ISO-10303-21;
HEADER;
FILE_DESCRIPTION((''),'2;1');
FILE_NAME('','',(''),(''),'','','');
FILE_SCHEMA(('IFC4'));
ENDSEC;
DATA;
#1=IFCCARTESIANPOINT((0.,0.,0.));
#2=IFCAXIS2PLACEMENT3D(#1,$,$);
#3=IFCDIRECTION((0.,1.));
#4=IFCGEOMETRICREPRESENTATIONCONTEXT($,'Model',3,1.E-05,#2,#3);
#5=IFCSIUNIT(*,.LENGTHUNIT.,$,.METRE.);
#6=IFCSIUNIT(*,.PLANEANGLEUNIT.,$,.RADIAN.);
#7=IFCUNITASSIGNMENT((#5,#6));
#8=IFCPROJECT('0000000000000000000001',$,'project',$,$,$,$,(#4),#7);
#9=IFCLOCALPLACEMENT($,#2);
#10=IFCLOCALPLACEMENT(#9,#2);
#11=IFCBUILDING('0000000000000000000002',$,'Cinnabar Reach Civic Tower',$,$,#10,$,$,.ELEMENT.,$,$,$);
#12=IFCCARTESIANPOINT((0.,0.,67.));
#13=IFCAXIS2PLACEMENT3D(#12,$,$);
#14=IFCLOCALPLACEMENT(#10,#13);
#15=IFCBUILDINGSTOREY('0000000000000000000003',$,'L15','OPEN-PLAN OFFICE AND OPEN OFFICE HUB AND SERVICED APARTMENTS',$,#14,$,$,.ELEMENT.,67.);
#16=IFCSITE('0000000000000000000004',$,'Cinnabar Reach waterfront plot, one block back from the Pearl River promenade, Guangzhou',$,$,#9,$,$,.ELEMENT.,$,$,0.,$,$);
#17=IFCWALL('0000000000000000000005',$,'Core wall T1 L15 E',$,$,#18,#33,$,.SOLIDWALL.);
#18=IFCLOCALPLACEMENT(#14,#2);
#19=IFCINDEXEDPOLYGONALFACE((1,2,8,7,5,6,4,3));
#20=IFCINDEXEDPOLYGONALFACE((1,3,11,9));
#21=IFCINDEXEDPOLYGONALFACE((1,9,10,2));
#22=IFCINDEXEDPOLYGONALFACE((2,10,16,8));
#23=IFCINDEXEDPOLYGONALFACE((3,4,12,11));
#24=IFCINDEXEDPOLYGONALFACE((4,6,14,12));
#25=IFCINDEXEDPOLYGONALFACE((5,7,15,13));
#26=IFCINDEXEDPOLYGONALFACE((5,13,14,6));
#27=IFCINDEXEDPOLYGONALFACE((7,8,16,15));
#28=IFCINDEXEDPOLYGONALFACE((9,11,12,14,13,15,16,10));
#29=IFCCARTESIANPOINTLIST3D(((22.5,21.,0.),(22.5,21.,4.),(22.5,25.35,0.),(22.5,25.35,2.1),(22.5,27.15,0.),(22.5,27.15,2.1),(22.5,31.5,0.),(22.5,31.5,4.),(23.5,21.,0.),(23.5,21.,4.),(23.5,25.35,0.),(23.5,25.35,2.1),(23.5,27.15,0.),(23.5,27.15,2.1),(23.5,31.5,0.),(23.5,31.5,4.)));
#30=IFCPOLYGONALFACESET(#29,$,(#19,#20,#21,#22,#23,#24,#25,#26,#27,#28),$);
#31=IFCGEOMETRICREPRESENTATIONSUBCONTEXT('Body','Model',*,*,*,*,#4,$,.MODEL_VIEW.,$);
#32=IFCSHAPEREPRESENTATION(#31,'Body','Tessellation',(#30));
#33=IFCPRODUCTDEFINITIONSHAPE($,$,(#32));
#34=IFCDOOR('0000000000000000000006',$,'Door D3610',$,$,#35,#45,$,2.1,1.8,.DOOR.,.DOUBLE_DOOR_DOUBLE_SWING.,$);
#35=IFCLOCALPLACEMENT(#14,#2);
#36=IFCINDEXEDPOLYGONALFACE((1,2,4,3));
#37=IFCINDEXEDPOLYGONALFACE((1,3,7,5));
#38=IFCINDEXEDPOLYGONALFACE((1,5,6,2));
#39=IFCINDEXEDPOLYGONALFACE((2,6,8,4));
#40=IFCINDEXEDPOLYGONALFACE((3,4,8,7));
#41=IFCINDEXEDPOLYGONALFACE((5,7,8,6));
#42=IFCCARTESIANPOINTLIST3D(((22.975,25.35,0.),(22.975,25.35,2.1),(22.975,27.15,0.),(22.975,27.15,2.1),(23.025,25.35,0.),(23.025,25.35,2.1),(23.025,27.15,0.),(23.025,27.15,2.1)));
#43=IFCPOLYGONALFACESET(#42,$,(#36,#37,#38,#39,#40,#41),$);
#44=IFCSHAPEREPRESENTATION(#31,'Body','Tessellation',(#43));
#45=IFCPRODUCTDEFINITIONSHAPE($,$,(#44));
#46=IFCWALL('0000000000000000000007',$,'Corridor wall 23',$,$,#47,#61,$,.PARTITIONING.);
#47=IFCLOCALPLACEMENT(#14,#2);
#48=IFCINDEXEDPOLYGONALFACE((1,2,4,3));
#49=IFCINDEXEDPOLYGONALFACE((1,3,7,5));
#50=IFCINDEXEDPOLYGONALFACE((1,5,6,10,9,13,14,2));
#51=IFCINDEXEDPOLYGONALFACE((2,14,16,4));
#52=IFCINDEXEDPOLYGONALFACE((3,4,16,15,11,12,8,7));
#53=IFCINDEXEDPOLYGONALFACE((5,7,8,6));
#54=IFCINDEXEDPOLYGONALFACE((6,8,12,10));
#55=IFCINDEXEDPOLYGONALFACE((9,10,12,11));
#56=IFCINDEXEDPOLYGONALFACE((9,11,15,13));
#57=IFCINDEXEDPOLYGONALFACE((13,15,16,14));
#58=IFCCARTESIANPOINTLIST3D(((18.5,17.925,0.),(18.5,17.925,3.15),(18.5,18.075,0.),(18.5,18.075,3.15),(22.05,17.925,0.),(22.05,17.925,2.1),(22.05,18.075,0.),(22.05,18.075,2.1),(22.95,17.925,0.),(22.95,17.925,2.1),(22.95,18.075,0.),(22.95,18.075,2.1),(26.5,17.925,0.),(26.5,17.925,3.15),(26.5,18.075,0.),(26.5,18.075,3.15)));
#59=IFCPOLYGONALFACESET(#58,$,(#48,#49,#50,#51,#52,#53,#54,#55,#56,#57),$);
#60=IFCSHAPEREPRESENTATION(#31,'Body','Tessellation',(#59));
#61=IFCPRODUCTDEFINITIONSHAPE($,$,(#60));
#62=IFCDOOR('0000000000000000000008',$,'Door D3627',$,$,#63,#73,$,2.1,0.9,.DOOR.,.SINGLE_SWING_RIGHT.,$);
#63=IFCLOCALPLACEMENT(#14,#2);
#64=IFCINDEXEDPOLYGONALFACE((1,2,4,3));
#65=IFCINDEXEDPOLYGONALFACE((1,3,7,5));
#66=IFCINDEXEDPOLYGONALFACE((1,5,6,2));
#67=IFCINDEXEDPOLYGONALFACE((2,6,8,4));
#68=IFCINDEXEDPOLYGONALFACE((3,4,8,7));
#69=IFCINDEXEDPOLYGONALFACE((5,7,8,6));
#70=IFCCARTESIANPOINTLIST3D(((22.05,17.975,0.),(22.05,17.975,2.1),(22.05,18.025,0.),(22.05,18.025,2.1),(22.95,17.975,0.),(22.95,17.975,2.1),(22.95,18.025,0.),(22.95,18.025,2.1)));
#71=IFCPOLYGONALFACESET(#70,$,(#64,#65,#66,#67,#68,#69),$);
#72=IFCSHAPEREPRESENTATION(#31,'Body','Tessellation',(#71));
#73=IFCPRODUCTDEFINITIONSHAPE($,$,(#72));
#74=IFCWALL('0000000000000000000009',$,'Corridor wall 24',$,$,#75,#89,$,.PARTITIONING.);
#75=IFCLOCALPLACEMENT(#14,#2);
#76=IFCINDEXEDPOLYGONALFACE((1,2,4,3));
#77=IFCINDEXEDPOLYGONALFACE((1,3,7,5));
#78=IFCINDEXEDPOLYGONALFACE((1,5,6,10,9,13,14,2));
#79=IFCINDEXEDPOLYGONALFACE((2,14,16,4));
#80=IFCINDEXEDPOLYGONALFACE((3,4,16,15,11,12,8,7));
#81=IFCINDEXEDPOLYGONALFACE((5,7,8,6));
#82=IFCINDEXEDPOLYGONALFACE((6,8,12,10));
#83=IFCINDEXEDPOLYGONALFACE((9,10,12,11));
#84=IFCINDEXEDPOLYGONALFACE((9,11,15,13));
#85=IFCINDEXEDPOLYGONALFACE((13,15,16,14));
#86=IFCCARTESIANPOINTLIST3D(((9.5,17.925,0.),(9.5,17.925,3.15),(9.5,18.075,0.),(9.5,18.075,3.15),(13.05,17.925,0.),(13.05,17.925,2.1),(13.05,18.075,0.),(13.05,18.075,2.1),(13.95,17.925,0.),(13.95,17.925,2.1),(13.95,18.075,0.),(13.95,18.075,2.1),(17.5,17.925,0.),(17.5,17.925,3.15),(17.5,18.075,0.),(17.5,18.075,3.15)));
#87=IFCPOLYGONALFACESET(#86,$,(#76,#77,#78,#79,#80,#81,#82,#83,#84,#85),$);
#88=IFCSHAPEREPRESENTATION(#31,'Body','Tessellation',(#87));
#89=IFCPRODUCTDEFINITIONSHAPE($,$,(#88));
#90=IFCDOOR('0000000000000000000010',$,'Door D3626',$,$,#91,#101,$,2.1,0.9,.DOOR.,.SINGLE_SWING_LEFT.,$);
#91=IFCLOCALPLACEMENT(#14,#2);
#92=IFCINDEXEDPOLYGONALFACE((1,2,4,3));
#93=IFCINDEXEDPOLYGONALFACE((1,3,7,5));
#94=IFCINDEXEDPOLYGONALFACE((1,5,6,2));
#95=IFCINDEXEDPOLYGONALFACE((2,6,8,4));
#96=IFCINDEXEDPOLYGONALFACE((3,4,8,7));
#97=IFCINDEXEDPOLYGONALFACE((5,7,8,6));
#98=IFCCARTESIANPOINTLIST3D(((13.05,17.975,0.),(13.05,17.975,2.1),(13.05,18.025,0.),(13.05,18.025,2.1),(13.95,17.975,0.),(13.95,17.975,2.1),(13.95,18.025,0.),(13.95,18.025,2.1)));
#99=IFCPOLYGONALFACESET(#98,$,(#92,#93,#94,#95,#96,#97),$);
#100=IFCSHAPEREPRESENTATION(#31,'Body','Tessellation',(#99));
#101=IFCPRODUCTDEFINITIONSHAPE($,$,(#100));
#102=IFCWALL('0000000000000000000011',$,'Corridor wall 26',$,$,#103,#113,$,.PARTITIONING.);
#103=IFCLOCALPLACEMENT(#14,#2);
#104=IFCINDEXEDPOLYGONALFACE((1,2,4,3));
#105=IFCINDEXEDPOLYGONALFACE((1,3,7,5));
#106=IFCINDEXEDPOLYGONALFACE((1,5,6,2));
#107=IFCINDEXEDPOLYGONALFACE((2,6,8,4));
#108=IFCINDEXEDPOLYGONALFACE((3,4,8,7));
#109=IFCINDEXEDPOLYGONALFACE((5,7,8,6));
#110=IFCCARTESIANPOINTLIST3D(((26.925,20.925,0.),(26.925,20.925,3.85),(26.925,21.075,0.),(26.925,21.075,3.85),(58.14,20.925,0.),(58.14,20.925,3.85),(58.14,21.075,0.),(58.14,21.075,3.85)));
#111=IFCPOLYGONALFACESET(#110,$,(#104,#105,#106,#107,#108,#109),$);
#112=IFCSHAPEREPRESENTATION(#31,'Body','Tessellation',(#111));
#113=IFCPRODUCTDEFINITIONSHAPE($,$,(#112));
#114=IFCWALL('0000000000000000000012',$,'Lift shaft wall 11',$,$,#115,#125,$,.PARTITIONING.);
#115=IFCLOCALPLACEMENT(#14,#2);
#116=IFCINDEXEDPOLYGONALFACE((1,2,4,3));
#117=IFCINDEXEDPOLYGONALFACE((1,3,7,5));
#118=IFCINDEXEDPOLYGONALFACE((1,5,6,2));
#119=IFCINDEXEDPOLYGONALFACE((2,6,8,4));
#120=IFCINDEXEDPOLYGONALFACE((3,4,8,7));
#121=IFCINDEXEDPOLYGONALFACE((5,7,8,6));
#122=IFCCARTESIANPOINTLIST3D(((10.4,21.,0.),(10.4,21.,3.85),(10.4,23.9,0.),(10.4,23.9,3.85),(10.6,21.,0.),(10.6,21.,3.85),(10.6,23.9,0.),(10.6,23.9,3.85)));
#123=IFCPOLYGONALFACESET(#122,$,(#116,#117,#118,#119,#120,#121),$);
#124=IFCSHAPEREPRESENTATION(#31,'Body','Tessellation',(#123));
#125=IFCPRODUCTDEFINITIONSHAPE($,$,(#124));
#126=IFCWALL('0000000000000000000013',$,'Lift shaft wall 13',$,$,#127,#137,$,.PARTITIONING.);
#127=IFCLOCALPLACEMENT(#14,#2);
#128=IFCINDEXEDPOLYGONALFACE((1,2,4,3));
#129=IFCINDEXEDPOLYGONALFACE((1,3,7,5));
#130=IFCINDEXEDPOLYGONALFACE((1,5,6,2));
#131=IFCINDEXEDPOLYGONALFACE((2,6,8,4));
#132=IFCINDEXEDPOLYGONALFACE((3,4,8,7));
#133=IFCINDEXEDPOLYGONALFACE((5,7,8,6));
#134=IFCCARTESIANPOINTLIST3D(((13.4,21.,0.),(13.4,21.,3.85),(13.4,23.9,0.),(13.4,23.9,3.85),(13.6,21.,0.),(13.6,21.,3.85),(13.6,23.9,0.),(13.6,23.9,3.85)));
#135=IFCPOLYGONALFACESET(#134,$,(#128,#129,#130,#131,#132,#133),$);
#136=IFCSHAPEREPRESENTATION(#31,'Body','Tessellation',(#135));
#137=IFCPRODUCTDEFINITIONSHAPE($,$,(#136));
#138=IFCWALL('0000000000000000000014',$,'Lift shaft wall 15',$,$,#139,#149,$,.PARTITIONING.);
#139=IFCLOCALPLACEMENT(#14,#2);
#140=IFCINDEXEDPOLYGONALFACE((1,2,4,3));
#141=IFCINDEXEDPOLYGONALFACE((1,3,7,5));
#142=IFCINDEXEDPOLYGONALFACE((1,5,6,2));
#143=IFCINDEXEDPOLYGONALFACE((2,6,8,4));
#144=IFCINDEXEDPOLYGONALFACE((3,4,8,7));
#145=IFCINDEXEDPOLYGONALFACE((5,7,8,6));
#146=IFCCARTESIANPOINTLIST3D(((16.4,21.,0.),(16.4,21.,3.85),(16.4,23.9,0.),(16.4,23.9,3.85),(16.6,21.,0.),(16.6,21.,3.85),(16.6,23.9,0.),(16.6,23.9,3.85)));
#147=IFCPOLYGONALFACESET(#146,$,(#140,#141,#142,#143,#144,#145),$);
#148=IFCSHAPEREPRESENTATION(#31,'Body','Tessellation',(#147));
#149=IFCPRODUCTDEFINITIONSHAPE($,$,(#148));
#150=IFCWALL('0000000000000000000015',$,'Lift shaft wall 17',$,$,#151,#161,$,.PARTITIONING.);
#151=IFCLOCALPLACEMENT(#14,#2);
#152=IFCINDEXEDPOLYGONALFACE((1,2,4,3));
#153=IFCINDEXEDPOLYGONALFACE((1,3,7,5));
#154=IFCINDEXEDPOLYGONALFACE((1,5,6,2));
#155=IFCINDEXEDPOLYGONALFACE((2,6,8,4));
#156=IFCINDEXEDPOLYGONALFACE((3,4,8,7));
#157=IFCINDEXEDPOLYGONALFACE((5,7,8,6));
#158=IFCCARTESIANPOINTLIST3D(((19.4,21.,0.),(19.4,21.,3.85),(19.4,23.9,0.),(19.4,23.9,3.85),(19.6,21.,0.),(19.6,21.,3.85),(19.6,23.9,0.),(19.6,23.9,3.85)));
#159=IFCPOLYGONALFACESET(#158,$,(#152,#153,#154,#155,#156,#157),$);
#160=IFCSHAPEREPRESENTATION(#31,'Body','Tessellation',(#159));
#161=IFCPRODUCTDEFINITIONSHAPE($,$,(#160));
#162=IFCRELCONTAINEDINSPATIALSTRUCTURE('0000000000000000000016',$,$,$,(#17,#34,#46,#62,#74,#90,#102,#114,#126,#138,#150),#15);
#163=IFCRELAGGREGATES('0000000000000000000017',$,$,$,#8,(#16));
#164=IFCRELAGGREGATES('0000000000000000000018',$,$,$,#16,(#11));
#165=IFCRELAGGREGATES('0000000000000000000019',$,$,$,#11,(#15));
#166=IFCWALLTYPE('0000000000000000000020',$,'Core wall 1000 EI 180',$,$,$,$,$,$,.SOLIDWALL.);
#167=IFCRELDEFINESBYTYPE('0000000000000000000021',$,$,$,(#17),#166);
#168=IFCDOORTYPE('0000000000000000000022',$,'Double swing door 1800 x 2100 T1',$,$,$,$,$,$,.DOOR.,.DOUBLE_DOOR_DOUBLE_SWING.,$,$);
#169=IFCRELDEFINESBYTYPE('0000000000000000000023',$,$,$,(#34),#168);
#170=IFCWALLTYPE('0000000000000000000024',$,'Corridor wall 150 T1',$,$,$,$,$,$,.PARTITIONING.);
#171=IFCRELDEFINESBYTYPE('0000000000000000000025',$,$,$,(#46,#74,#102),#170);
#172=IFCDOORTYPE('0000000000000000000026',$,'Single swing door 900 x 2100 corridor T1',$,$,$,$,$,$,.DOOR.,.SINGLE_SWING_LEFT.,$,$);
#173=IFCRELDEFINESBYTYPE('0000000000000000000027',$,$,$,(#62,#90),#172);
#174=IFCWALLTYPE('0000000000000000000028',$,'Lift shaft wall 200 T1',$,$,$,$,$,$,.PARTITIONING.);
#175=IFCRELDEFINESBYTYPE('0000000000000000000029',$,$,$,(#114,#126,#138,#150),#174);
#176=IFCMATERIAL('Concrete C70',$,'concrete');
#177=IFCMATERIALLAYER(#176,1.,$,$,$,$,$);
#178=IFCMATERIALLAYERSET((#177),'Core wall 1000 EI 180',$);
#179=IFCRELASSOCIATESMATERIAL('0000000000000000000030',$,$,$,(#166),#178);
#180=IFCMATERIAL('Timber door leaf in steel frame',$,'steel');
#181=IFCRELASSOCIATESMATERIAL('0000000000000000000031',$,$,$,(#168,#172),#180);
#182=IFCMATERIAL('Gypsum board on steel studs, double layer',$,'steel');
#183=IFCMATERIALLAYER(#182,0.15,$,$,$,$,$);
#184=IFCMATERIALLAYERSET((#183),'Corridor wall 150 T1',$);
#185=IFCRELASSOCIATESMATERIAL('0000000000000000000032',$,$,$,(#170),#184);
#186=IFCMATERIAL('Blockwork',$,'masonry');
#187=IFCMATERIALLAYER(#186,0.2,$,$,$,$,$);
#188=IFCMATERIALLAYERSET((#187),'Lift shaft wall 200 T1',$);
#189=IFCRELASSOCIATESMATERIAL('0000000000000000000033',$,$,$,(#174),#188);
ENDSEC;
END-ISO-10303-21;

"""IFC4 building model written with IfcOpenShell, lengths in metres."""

from ifc_helpers import new_model, si_unit, direction, frame, frame_2d, origin, place, context, subcontext, project, spatial, rectangle, extrude, material, layer, layer_set, type_object, element, fill, save


model = new_model("IFC4")

# Units and contexts
model_context = context("Model", 3, precision=1e-05, world=origin(), true_north=direction((0.0, 1.0)))
body_context = subcontext(model_context, "Body", "Model", "MODEL_VIEW")
ifc_project = project(units=[si_unit("LENGTHUNIT", "METRE"), si_unit("PLANEANGLEUNIT", "RADIAN")], contexts=[model_context])

# Site, building, storey
site_placement = place(None, origin())
site = spatial("IfcSite", under=ifc_project, at=site_placement, Name="Cinnabar Reach waterfront plot, one block back from the Pearl River promenade, Guangzhou", CompositionType="ELEMENT", RefElevation=0.0)
building_placement = place(site_placement, origin())
building = spatial("IfcBuilding", under=site, at=building_placement, Name="Cinnabar Reach Civic Tower", CompositionType="ELEMENT")
storey_placement = place(building_placement, frame((0.0, 0.0, 67.0)))
storey = spatial("IfcBuildingStorey", under=building, at=storey_placement, Name="L15", Description="OPEN-PLAN OFFICE AND OPEN OFFICE HUB AND SERVICED APARTMENTS", CompositionType="ELEMENT", Elevation=67.0)

# Shared definitions
ifc_material_1 = material(Name="Concrete C70", Category="concrete")

# Walls, openings, doors
ifc_layer_1 = layer(ifc_material_1, 1.0)
ifc_layer_set_1 = layer_set([ifc_layer_1], Name="Core wall 1000 EI 180")
wall_type_1 = type_object("IfcWallType", Name="Core wall 1000 EI 180", PredefinedType="SOLIDWALL", material=ifc_layer_set_1)
wall_1_placement = place(storey_placement, frame((23.0, 21.0, 0.0), z_axis=(0.0, 0.0, 1.0), x_axis=(0.0, 1.0, 0.0)))
wall_1 = element("IfcWall", 1, at=wall_1_placement, inside=storey, type_object=wall_type_1, Name="Core wall T1 L15 E", PredefinedType="SOLIDWALL", context=body_context, shape_type="SweptSolid", body=[
    extrude(rectangle(XDim=10.5, YDim=1.0, at=frame_2d((5.25, 0.0))), origin(), (0.0, 0.0, 1.0), 4.0),
])
opening_1_placement = place(wall_1_placement, frame((4.35, 0.0, 0.0)))
opening_1 = element("IfcOpeningElement", 2, at=opening_1_placement, cuts=wall_1, PredefinedType="OPENING", context=body_context, shape_type="SweptSolid", body=[
    extrude(rectangle(XDim=1.8, YDim=2.1, at=frame_2d((0.9, 1.05))), frame((0.0, 0.51, 0.0), z_axis=(0.0, -1.0, 0.0), x_axis=(1.0, 0.0, 0.0)), (0.0, 0.0, 1.0), 1.02),
])
ifc_material_2 = material(Name="Timber door leaf in steel frame", Category="steel")
door_type_1 = type_object("IfcDoorType", Name="Double swing door 1800 x 2100 T1", OperationType="DOUBLE_DOOR_DOUBLE_SWING", PredefinedType="DOOR", material=ifc_material_2)
door_1_placement = place(opening_1_placement, origin())
door_1 = element("IfcDoor", 3, at=door_1_placement, inside=storey, type_object=door_type_1, Name="Door D3610", OperationType="DOUBLE_DOOR_DOUBLE_SWING", OverallHeight=2.1, OverallWidth=1.8, PredefinedType="DOOR", context=body_context, shape_type="SweptSolid", body=[
    extrude(rectangle(XDim=1.8, YDim=2.1, at=frame_2d((0.9, 1.05))), frame((0.0, 0.025, 0.0), z_axis=(0.0, -1.0, 0.0), x_axis=(1.0, 0.0, 0.0)), (0.0, 0.0, 1.0), 0.05),
])
fill(opening_1, door_1)
ifc_material_3 = material(Name="Gypsum board on steel studs, double layer", Category="steel")
ifc_layer_2 = layer(ifc_material_3, 0.15)
ifc_layer_set_2 = layer_set([ifc_layer_2], Name="Corridor wall 150 T1")
wall_type_2 = type_object("IfcWallType", Name="Corridor wall 150 T1", PredefinedType="PARTITIONING", material=ifc_layer_set_2)
wall_2_placement = place(storey_placement, frame((18.5, 18.0, 0.0), z_axis=(0.0, 0.0, 1.0), x_axis=(1.0, 0.0, 0.0)))
wall_2 = element("IfcWall", 4, at=wall_2_placement, inside=storey, type_object=wall_type_2, Name="Corridor wall 23", PredefinedType="PARTITIONING", context=body_context, shape_type="SweptSolid", body=[
    extrude(rectangle(XDim=8.0, YDim=0.15, at=frame_2d((4.0, 0.0))), origin(), (0.0, 0.0, 1.0), 3.15),
])
opening_2_placement = place(wall_2_placement, frame((3.55, 0.0, 0.0)))
opening_2 = element("IfcOpeningElement", 5, at=opening_2_placement, cuts=wall_2, PredefinedType="OPENING", context=body_context, shape_type="SweptSolid", body=[
    extrude(rectangle(XDim=0.9, YDim=2.1, at=frame_2d((0.45, 1.05))), frame((0.0, 0.085, 0.0), z_axis=(0.0, -1.0, 0.0), x_axis=(1.0, 0.0, 0.0)), (0.0, 0.0, 1.0), 0.17),
])
door_type_2 = type_object("IfcDoorType", Name="Single swing door 900 x 2100 corridor T1", OperationType="SINGLE_SWING_LEFT", PredefinedType="DOOR", material=ifc_material_2)
door_2_placement = place(opening_2_placement, frame((0.9, 0.0, 0.0), z_axis=(0.0, 0.0, 1.0), x_axis=(-1.0, 0.0, 0.0)))
door_2 = element("IfcDoor", 6, at=door_2_placement, inside=storey, type_object=door_type_2, Name="Door D3627", OperationType="SINGLE_SWING_RIGHT", OverallHeight=2.1, OverallWidth=0.9, PredefinedType="DOOR", context=body_context, shape_type="SweptSolid", body=[
    extrude(rectangle(XDim=0.9, YDim=2.1, at=frame_2d((0.45, 1.05))), frame((0.0, 0.025, 0.0), z_axis=(0.0, -1.0, 0.0), x_axis=(1.0, 0.0, 0.0)), (0.0, 0.0, 1.0), 0.05),
])
fill(opening_2, door_2)
wall_3_placement = place(storey_placement, frame((9.5, 18.0, 0.0), z_axis=(0.0, 0.0, 1.0), x_axis=(1.0, 0.0, 0.0)))
wall_3 = element("IfcWall", 7, at=wall_3_placement, inside=storey, type_object=wall_type_2, Name="Corridor wall 24", PredefinedType="PARTITIONING", context=body_context, shape_type="SweptSolid", body=[
    extrude(rectangle(XDim=8.0, YDim=0.15, at=frame_2d((4.0, 0.0))), origin(), (0.0, 0.0, 1.0), 3.15),
])
opening_3_placement = place(wall_3_placement, frame((3.55, 0.0, 0.0)))
opening_3 = element("IfcOpeningElement", 8, at=opening_3_placement, cuts=wall_3, PredefinedType="OPENING", context=body_context, shape_type="SweptSolid", body=[
    extrude(rectangle(XDim=0.9, YDim=2.1, at=frame_2d((0.45, 1.05))), frame((0.0, 0.085, 0.0), z_axis=(0.0, -1.0, 0.0), x_axis=(1.0, 0.0, 0.0)), (0.0, 0.0, 1.0), 0.17),
])
door_3_placement = place(opening_3_placement, frame((0.9, 0.0, 0.0), z_axis=(0.0, 0.0, 1.0), x_axis=(-1.0, 0.0, 0.0)))
door_3 = element("IfcDoor", 9, at=door_3_placement, inside=storey, type_object=door_type_2, Name="Door D3626", OperationType="SINGLE_SWING_LEFT", OverallHeight=2.1, OverallWidth=0.9, PredefinedType="DOOR", context=body_context, shape_type="SweptSolid", body=[
    extrude(rectangle(XDim=0.9, YDim=2.1, at=frame_2d((0.45, 1.05))), frame((0.0, 0.025, 0.0), z_axis=(0.0, -1.0, 0.0), x_axis=(1.0, 0.0, 0.0)), (0.0, 0.0, 1.0), 0.05),
])
fill(opening_3, door_3)

# Walls
wall_4_placement = place(storey_placement, frame((26.925, 21.0, 0.0), z_axis=(0.0, 0.0, 1.0), x_axis=(1.0, 0.0, 0.0)))
element("IfcWall", 10, at=wall_4_placement, inside=storey, type_object=wall_type_2, Name="Corridor wall 26", PredefinedType="PARTITIONING", context=body_context, shape_type="SweptSolid", body=[
    extrude(rectangle(XDim=31.215, YDim=0.15, at=frame_2d((15.6075, 0.0))), origin(), (0.0, 0.0, 1.0), 3.85),
])
ifc_material_4 = material(Name="Blockwork", Category="masonry")
ifc_layer_3 = layer(ifc_material_4, 0.2)
ifc_layer_set_3 = layer_set([ifc_layer_3], Name="Lift shaft wall 200 T1")
wall_type_3 = type_object("IfcWallType", Name="Lift shaft wall 200 T1", PredefinedType="PARTITIONING", material=ifc_layer_set_3)
for number, where, z_axis, x_axis, name in (
    (11, (10.5, 21.0, 0.0), (0.0, 0.0, 1.0), (0.0, 1.0, 0.0), "Lift shaft wall 11"),
    (12, (13.5, 21.0, 0.0), (0.0, 0.0, 1.0), (0.0, 1.0, 0.0), "Lift shaft wall 13"),
    (13, (16.5, 21.0, 0.0), (0.0, 0.0, 1.0), (0.0, 1.0, 0.0), "Lift shaft wall 15"),
    (14, (19.5, 21.0, 0.0), (0.0, 0.0, 1.0), (0.0, 1.0, 0.0), "Lift shaft wall 17"),
):
    element("IfcWall", number, at=place(storey_placement, frame(where, z_axis=z_axis, x_axis=x_axis)), inside=storey, type_object=wall_type_3, Name=name, PredefinedType="PARTITIONING", context=body_context, shape_type="SweptSolid", body=[
        extrude(rectangle(XDim=2.9, YDim=0.2, at=frame_2d((1.45, 0.0))), origin(), (0.0, 0.0, 1.0), 3.85),
    ])

save(model, "model.ifc")
